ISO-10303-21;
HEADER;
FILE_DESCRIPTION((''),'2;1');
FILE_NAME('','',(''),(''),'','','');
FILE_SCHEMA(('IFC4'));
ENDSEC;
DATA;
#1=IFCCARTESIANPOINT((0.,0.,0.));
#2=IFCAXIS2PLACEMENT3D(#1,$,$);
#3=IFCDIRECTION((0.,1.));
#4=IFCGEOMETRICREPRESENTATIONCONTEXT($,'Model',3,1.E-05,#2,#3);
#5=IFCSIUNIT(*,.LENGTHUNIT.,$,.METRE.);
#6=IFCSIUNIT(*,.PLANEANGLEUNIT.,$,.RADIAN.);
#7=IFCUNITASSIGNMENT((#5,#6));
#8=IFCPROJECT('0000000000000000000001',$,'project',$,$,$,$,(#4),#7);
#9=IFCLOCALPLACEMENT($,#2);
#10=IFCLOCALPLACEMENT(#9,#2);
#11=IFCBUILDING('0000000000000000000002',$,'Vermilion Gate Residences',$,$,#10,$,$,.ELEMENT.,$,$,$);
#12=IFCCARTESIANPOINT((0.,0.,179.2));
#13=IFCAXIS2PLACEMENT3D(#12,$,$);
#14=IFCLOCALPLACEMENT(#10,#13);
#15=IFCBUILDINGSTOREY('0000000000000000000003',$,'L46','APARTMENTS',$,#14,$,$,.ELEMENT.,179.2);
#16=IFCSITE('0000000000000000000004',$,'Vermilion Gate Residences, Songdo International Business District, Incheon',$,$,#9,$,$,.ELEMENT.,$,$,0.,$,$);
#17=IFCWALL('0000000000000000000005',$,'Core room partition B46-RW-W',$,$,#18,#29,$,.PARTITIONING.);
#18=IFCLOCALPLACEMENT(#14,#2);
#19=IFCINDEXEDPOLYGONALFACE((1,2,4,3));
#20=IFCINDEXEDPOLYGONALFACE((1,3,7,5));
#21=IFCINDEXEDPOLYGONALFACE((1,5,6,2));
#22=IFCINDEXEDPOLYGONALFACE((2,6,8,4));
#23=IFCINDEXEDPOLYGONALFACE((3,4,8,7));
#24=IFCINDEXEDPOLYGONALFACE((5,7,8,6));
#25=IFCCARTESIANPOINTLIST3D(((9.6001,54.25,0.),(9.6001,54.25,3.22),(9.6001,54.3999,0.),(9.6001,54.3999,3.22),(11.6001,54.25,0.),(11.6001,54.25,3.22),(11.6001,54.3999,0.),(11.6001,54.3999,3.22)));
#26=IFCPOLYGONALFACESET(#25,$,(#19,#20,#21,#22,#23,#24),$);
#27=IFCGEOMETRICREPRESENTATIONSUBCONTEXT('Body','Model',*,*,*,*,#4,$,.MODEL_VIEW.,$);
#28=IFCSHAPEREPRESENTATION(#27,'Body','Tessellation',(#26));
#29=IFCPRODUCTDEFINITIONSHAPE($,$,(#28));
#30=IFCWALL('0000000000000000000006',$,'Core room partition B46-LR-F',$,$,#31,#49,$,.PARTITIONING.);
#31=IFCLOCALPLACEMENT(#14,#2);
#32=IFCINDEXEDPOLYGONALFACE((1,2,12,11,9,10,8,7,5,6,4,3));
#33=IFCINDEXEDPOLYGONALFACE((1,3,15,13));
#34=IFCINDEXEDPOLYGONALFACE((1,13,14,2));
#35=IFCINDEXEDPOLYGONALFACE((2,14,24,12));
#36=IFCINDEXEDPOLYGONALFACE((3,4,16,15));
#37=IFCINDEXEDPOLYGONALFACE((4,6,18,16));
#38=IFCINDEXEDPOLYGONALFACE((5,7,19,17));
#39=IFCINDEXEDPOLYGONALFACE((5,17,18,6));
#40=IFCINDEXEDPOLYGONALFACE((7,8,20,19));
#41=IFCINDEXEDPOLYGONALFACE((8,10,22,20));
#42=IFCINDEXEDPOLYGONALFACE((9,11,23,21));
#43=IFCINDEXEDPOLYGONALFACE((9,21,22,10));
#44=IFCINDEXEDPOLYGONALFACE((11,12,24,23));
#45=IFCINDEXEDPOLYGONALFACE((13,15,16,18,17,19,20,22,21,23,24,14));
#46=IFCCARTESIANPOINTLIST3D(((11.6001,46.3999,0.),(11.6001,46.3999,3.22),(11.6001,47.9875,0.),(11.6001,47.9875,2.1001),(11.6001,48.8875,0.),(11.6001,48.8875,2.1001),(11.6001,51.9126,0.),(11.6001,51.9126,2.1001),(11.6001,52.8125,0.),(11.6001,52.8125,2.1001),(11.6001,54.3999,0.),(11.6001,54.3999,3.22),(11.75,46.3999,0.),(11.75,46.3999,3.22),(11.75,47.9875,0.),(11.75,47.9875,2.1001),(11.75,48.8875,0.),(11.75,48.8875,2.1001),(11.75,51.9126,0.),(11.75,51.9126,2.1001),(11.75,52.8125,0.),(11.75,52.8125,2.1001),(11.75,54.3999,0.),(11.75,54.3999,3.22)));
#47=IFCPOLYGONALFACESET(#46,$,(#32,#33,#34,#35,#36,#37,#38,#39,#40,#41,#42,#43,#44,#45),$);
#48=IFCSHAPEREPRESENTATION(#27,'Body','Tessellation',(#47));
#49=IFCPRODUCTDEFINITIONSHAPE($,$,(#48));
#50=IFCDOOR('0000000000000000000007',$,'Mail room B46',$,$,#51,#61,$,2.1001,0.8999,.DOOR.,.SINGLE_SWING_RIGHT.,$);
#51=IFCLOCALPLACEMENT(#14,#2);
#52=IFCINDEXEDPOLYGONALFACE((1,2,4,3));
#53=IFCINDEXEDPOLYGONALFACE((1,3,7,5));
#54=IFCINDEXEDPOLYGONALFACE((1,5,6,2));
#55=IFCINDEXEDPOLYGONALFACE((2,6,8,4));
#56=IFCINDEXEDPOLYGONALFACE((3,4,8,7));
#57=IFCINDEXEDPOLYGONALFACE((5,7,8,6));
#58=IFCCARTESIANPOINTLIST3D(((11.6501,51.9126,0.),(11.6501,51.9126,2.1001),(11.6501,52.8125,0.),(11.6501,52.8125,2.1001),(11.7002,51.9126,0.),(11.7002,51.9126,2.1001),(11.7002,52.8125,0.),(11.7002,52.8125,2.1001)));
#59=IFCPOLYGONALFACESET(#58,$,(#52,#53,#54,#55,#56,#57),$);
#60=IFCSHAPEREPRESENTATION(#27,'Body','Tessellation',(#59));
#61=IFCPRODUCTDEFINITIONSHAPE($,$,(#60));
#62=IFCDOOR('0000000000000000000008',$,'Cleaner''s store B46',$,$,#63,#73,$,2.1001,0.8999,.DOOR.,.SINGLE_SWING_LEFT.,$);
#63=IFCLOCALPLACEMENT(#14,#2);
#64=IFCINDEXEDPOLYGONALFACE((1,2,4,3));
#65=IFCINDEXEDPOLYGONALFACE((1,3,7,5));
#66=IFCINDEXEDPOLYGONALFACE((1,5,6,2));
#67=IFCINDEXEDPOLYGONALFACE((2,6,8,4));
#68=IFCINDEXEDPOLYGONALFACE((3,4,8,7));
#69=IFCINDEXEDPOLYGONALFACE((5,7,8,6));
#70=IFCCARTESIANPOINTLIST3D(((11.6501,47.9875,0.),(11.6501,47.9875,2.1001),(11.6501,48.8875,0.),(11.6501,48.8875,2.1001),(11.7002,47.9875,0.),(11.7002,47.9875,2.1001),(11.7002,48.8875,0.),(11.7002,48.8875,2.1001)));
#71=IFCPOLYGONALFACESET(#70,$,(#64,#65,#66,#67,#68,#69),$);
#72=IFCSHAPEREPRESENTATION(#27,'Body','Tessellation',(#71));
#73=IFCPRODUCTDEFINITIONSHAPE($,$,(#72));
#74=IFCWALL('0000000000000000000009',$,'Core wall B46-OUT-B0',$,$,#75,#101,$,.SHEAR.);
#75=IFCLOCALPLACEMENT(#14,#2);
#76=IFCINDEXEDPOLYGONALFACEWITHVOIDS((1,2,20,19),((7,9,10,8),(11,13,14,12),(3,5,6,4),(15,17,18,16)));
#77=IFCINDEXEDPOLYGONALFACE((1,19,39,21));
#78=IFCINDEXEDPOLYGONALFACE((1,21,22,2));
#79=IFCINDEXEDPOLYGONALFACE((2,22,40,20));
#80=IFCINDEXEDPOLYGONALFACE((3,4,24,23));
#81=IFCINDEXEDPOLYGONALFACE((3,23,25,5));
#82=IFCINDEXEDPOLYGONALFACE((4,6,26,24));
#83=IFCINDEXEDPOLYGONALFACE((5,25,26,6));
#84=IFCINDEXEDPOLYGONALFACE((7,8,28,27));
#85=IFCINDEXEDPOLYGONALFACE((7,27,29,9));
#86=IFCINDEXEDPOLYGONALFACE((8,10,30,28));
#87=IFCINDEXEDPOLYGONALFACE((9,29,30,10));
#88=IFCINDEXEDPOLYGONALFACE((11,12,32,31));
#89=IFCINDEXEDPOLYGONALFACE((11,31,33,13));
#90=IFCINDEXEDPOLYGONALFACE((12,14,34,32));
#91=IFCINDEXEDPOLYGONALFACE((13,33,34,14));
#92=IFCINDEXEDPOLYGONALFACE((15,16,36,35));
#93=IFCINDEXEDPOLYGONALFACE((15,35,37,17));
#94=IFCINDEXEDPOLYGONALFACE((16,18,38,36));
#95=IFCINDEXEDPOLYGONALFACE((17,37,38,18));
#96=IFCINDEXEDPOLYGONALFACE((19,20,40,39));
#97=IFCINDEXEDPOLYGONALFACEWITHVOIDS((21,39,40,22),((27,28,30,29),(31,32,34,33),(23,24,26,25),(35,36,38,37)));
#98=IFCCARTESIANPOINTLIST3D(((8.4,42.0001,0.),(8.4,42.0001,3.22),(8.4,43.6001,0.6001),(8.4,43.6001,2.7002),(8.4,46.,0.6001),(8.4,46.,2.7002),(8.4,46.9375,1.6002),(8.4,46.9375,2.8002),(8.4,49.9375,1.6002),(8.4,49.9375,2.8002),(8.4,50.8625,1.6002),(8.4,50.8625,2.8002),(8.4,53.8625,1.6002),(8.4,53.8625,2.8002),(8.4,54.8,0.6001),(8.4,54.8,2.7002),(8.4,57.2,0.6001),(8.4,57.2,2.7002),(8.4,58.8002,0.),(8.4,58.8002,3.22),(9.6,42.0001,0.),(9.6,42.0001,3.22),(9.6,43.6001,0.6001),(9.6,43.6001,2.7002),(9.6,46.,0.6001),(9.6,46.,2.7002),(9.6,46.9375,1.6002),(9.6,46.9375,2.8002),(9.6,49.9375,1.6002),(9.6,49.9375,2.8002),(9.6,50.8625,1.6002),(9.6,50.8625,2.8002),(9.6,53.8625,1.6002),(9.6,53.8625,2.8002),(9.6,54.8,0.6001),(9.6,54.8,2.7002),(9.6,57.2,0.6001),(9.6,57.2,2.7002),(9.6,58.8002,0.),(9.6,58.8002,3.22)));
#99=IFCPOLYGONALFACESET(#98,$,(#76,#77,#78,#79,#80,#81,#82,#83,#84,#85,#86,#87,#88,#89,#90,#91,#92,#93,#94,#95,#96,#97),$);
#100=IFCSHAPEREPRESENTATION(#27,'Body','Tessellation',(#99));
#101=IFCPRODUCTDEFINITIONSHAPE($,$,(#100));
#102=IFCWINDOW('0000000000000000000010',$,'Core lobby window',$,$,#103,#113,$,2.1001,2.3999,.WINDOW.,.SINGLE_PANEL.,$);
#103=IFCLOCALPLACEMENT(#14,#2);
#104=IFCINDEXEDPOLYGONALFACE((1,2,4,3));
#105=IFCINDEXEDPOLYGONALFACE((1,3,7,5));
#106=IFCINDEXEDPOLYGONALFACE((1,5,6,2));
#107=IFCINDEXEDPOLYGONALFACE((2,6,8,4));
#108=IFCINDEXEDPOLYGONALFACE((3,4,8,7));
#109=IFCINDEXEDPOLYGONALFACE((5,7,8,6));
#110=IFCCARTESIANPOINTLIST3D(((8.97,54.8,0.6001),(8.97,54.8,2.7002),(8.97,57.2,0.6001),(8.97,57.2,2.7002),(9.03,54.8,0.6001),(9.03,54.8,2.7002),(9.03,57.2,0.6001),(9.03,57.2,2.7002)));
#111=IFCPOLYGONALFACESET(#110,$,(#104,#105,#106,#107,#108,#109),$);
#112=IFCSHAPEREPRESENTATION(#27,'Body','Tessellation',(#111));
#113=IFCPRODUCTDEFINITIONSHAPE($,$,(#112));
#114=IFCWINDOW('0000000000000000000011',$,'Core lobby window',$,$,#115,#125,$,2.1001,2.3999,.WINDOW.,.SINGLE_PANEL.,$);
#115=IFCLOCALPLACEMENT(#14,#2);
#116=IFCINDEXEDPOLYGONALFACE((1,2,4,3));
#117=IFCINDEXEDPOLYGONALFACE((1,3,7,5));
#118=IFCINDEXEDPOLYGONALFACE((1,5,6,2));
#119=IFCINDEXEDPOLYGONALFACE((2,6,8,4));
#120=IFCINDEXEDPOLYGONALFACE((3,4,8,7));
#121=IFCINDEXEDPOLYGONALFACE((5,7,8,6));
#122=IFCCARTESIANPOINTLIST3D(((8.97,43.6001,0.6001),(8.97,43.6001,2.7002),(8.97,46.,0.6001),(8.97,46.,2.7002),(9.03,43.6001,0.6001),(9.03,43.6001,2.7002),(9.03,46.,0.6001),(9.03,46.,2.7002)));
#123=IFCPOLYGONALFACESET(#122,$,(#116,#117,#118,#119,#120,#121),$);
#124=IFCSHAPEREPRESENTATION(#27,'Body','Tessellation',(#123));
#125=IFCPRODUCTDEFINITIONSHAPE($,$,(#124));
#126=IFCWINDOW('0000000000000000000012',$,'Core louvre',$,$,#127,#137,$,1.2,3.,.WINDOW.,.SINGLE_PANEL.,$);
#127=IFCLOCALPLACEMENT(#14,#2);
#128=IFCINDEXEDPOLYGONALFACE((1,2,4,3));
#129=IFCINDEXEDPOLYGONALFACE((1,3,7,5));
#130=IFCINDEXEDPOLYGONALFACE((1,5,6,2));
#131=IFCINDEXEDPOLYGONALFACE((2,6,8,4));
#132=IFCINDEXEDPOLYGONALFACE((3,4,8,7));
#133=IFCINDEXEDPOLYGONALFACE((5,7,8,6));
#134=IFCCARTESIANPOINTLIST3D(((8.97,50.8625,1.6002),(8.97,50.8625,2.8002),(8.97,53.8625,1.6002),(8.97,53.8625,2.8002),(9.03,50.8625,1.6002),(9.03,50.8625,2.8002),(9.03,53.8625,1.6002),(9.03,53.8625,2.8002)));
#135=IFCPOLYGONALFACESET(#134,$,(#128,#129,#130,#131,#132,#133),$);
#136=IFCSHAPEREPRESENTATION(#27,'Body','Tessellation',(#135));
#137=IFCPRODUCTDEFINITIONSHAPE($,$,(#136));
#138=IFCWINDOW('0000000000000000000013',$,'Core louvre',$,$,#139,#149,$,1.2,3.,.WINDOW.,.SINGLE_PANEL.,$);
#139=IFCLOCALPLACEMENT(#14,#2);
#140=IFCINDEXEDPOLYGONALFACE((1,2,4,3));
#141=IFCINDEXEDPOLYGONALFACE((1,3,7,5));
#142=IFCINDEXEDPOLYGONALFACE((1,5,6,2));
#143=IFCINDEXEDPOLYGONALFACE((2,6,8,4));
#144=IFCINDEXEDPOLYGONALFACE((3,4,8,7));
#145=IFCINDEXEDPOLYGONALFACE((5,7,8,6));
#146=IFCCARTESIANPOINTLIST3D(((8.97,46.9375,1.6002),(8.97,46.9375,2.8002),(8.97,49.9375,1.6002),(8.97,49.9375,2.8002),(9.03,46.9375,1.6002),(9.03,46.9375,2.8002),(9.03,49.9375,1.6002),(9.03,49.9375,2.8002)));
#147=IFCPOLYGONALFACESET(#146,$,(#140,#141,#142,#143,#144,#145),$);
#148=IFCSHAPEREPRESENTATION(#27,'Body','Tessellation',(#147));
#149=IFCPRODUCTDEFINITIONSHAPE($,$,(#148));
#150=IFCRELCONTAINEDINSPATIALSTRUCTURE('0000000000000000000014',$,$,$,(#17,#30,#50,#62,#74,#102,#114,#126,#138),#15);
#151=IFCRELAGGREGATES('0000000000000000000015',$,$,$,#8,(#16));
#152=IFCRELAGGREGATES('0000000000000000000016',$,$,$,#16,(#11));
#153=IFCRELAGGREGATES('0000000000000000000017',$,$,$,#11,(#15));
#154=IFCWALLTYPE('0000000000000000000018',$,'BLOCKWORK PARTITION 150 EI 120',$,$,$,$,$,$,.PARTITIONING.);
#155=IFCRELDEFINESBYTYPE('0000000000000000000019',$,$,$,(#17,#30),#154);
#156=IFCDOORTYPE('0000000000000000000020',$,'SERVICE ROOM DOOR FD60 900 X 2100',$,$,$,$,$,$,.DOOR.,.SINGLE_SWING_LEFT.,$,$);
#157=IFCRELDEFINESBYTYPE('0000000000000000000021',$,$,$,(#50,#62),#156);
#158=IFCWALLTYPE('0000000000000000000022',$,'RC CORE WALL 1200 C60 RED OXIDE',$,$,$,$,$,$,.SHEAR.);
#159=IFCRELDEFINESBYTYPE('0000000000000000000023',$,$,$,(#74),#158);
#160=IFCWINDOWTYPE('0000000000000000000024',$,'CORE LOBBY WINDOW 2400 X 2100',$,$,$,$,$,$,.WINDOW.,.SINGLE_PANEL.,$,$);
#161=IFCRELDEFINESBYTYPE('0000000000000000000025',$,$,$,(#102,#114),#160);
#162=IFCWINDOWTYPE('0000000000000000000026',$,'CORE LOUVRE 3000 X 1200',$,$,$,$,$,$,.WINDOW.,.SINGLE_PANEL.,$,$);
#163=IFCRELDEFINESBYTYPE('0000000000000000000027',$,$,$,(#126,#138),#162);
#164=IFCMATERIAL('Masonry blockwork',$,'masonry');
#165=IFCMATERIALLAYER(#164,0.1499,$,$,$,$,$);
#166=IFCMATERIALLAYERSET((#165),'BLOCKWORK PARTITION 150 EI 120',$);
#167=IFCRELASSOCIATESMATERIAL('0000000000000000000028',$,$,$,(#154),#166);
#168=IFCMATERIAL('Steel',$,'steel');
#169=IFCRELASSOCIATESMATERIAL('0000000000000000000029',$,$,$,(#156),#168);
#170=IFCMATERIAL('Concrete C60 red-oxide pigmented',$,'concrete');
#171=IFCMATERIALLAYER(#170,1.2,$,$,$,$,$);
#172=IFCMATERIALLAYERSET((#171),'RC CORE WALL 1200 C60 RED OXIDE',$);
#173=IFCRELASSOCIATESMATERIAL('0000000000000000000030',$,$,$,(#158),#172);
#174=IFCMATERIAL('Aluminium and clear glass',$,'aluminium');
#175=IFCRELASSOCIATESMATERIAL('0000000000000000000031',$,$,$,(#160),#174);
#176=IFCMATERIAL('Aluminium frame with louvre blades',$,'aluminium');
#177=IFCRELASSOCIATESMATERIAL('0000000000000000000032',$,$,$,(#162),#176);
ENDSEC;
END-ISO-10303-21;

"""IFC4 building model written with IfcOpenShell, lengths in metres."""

from ifc_helpers import new_model, si_unit, direction, frame, frame_2d, origin, place, context, subcontext, project, spatial, rectangle, extrude, material, layer, layer_set, type_object, element, fill, save


model = new_model("IFC4")

# Units and contexts
model_context = context("Model", 3, precision=1e-05, world=origin(), true_north=direction((0.0, 1.0)))
body_context = subcontext(model_context, "Body", "Model", "MODEL_VIEW")
ifc_project = project(units=[si_unit("LENGTHUNIT", "METRE"), si_unit("PLANEANGLEUNIT", "RADIAN")], contexts=[model_context])

# Site, building, storey
site_placement = place(None, origin())
site = spatial("IfcSite", under=ifc_project, at=site_placement, Name="Vermilion Gate Residences, Songdo International Business District, Incheon", CompositionType="ELEMENT", RefElevation=0.0)
building_placement = place(site_placement, origin())
building = spatial("IfcBuilding", under=site, at=building_placement, Name="Vermilion Gate Residences", CompositionType="ELEMENT")
storey_placement = place(building_placement, frame((0.0, 0.0, 179.2)))
storey = spatial("IfcBuildingStorey", under=building, at=storey_placement, Name="L46", Description="APARTMENTS", CompositionType="ELEMENT", Elevation=179.2)

# Wall
ifc_material_1 = material(Name="Masonry blockwork", Category="masonry")
ifc_layer_1 = layer(ifc_material_1, 0.1499)
ifc_layer_set_1 = layer_set([ifc_layer_1], Name="BLOCKWORK PARTITION 150 EI 120")
wall_type_1 = type_object("IfcWallType", Name="BLOCKWORK PARTITION 150 EI 120", PredefinedType="PARTITIONING", material=ifc_layer_set_1)
wall_1_placement = place(storey_placement, frame((9.6001, 54.325, 0.0), z_axis=(0.0, 0.0, 1.0), x_axis=(1.0, 0.0, 0.0)))
element("IfcWall", 1, at=wall_1_placement, inside=storey, type_object=wall_type_1, Name="Core room partition B46-RW-W", PredefinedType="PARTITIONING", context=body_context, shape_type="SweptSolid", body=[
    extrude(rectangle(XDim=2.0, YDim=0.1499, at=frame_2d((1.0, 0.0))), origin(), (0.0, 0.0, 1.0), 3.22),
])

# Wall, openings, doors
wall_2_placement = place(storey_placement, frame((11.675, 54.3999, 0.0), z_axis=(0.0, 0.0, 1.0), x_axis=(0.0, -1.0, 0.0)))
wall_2 = element("IfcWall", 2, at=wall_2_placement, inside=storey, type_object=wall_type_1, Name="Core room partition B46-LR-F", PredefinedType="PARTITIONING", context=body_context, shape_type="SweptSolid", body=[
    extrude(rectangle(XDim=8.0, YDim=0.1499, at=frame_2d((4.0, 0.0))), origin(), (0.0, 0.0, 1.0), 3.22),
])
opening_1_placement = place(wall_2_placement, frame((1.5874, 0.0, 0.0)))
opening_1 = element("IfcOpeningElement", 3, at=opening_1_placement, cuts=wall_2, PredefinedType="OPENING", context=body_context, shape_type="SweptSolid", body=[
    extrude(rectangle(XDim=0.8999, YDim=2.1001, at=frame_2d((0.45, 1.05))), frame((0.0, 0.085, 0.0), z_axis=(0.0, -1.0, 0.0), x_axis=(1.0, 0.0, 0.0)), (0.0, 0.0, 1.0), 0.1699),
])
opening_2_placement = place(wall_2_placement, frame((5.5125, 0.0, 0.0)))
opening_2 = element("IfcOpeningElement", 4, at=opening_2_placement, cuts=wall_2, PredefinedType="OPENING", context=body_context, shape_type="SweptSolid", body=[
    extrude(rectangle(XDim=0.8999, YDim=2.1001, at=frame_2d((0.45, 1.05))), frame((0.0, 0.085, 0.0), z_axis=(0.0, -1.0, 0.0), x_axis=(1.0, 0.0, 0.0)), (0.0, 0.0, 1.0), 0.1699),
])
ifc_material_2 = material(Name="Steel", Category="steel")
door_type = type_object("IfcDoorType", Name="SERVICE ROOM DOOR FD60 900 X 2100", OperationType="SINGLE_SWING_LEFT", PredefinedType="DOOR", material=ifc_material_2)
door_1_placement = place(opening_1_placement, frame((0.8999, 0.0, 0.0), z_axis=(0.0, 0.0, 1.0), x_axis=(-1.0, 0.0, 0.0)))
door_1 = element("IfcDoor", 5, at=door_1_placement, inside=storey, type_object=door_type, Name="Mail room B46", OperationType="SINGLE_SWING_RIGHT", OverallHeight=2.1001, OverallWidth=0.8999, PredefinedType="DOOR", context=body_context, shape_type="SweptSolid", body=[
    extrude(rectangle(XDim=0.8999, YDim=2.1001, at=frame_2d((0.45, 1.05))), frame((0.0, 0.0249, 0.0), z_axis=(0.0, -1.0, 0.0), x_axis=(1.0, 0.0, 0.0)), (0.0, 0.0, 1.0), 0.05),
])
fill(opening_1, door_1)
door_2_placement = place(opening_2_placement, frame((0.8999, 0.0, 0.0), z_axis=(0.0, 0.0, 1.0), x_axis=(-1.0, 0.0, 0.0)))
door_2 = element("IfcDoor", 6, at=door_2_placement, inside=storey, type_object=door_type, Name="Cleaner's store B46", OperationType="SINGLE_SWING_LEFT", OverallHeight=2.1001, OverallWidth=0.8999, PredefinedType="DOOR", context=body_context, shape_type="SweptSolid", body=[
    extrude(rectangle(XDim=0.8999, YDim=2.1001, at=frame_2d((0.45, 1.05))), frame((0.0, 0.0249, 0.0), z_axis=(0.0, -1.0, 0.0), x_axis=(1.0, 0.0, 0.0)), (0.0, 0.0, 1.0), 0.05),
])
fill(opening_2, door_2)

# Wall, openings, windows
ifc_material_3 = material(Name="Concrete C60 red-oxide pigmented", Category="concrete")
ifc_layer_2 = layer(ifc_material_3, 1.2)
ifc_layer_set_2 = layer_set([ifc_layer_2], Name="RC CORE WALL 1200 C60 RED OXIDE")
wall_type_2 = type_object("IfcWallType", Name="RC CORE WALL 1200 C60 RED OXIDE", PredefinedType="SHEAR", material=ifc_layer_set_2)
wall_3_placement = place(storey_placement, frame((9.0, 58.8, 0.0), z_axis=(0.0, 0.0, 1.0), x_axis=(0.0, -1.0, 0.0)))
wall_3 = element("IfcWall", 7, at=wall_3_placement, inside=storey, type_object=wall_type_2, Name="Core wall B46-OUT-B0", PredefinedType="SHEAR", context=body_context, shape_type="SweptSolid", body=[
    extrude(rectangle(XDim=16.8, YDim=1.2, at=frame_2d((8.3999, 0.0))), origin(), (0.0, 0.0, 1.0), 3.22),
])
opening_3_placement = place(wall_3_placement, frame((1.6001, 0.0, 0.6001)))
opening_3 = element("IfcOpeningElement", 8, at=opening_3_placement, cuts=wall_3, PredefinedType="OPENING", context=body_context, shape_type="SweptSolid", body=[
    extrude(rectangle(XDim=2.3999, YDim=2.1001, at=frame_2d((1.2, 1.05))), frame((0.0, 0.6099, 0.0), z_axis=(0.0, -1.0, 0.0), x_axis=(1.0, 0.0, 0.0)), (0.0, 0.0, 1.0), 1.22),
])
opening_4_placement = place(wall_3_placement, frame((4.9375, 0.0, 1.6001)))
opening_4 = element("IfcOpeningElement", 9, at=opening_4_placement, cuts=wall_3, PredefinedType="OPENING", context=body_context, shape_type="SweptSolid", body=[
    extrude(rectangle(XDim=3.0, YDim=1.2, at=frame_2d((1.5, 0.6001))), frame((0.0, 0.6099, 0.0), z_axis=(0.0, -1.0, 0.0), x_axis=(1.0, 0.0, 0.0)), (0.0, 0.0, 1.0), 1.22),
])
opening_5_placement = place(wall_3_placement, frame((8.8625, 0.0, 1.6001)))
opening_5 = element("IfcOpeningElement", 10, at=opening_5_placement, cuts=wall_3, PredefinedType="OPENING", context=body_context, shape_type="SweptSolid", body=[
    extrude(rectangle(XDim=3.0, YDim=1.2, at=frame_2d((1.5, 0.6001))), frame((0.0, 0.6099, 0.0), z_axis=(0.0, -1.0, 0.0), x_axis=(1.0, 0.0, 0.0)), (0.0, 0.0, 1.0), 1.22),
])
opening_6_placement = place(wall_3_placement, frame((12.8, 0.0, 0.6001)))
opening_6 = element("IfcOpeningElement", 11, at=opening_6_placement, cuts=wall_3, PredefinedType="OPENING", context=body_context, shape_type="SweptSolid", body=[
    extrude(rectangle(XDim=2.3999, YDim=2.1001, at=frame_2d((1.2, 1.05))), frame((0.0, 0.6099, 0.0), z_axis=(0.0, -1.0, 0.0), x_axis=(1.0, 0.0, 0.0)), (0.0, 0.0, 1.0), 1.22),
])
ifc_material_4 = material(Name="Aluminium and clear glass", Category="aluminium")
window_type_1 = type_object("IfcWindowType", Name="CORE LOBBY WINDOW 2400 X 2100", PartitioningType="SINGLE_PANEL", PredefinedType="WINDOW", material=ifc_material_4)
window_1_placement = place(opening_3_placement, origin())
window_1 = element("IfcWindow", 12, at=window_1_placement, inside=storey, type_object=window_type_1, Name="Core lobby window", OverallHeight=2.1001, OverallWidth=2.3999, PartitioningType="SINGLE_PANEL", PredefinedType="WINDOW", context=body_context, shape_type="SweptSolid", body=[
    extrude(rectangle(XDim=2.3999, YDim=2.1001, at=frame_2d((1.2, 1.05))), frame((0.0, 0.03, 0.0), z_axis=(0.0, -1.0, 0.0), x_axis=(1.0, 0.0, 0.0)), (0.0, 0.0, 1.0), 0.0601),
])
fill(opening_3, window_1)
window_2_placement = place(opening_6_placement, origin())
window_2 = element("IfcWindow", 13, at=window_2_placement, inside=storey, type_object=window_type_1, Name="Core lobby window", OverallHeight=2.1001, OverallWidth=2.3999, PartitioningType="SINGLE_PANEL", PredefinedType="WINDOW", context=body_context, shape_type="SweptSolid", body=[
    extrude(rectangle(XDim=2.3999, YDim=2.1001, at=frame_2d((1.2, 1.05))), frame((0.0, 0.03, 0.0), z_axis=(0.0, -1.0, 0.0), x_axis=(1.0, 0.0, 0.0)), (0.0, 0.0, 1.0), 0.0601),
])
fill(opening_6, window_2)
ifc_material_5 = material(Name="Aluminium frame with louvre blades", Category="aluminium")
window_type_2 = type_object("IfcWindowType", Name="CORE LOUVRE 3000 X 1200", PartitioningType="SINGLE_PANEL", PredefinedType="WINDOW", material=ifc_material_5)
window_3_placement = place(opening_4_placement, origin())
window_3 = element("IfcWindow", 14, at=window_3_placement, inside=storey, type_object=window_type_2, Name="Core louvre", OverallHeight=1.2, OverallWidth=3.0, PartitioningType="SINGLE_PANEL", PredefinedType="WINDOW", context=body_context, shape_type="SweptSolid", body=[
    extrude(rectangle(XDim=3.0, YDim=1.2, at=frame_2d((1.5, 0.6001))), frame((0.0, 0.03, 0.0), z_axis=(0.0, -1.0, 0.0), x_axis=(1.0, 0.0, 0.0)), (0.0, 0.0, 1.0), 0.0601),
])
fill(opening_4, window_3)
window_4_placement = place(opening_5_placement, origin())
window_4 = element("IfcWindow", 15, at=window_4_placement, inside=storey, type_object=window_type_2, Name="Core louvre", OverallHeight=1.2, OverallWidth=3.0, PartitioningType="SINGLE_PANEL", PredefinedType="WINDOW", context=body_context, shape_type="SweptSolid", body=[
    extrude(rectangle(XDim=3.0, YDim=1.2, at=frame_2d((1.5, 0.6001))), frame((0.0, 0.03, 0.0), z_axis=(0.0, -1.0, 0.0), x_axis=(1.0, 0.0, 0.0)), (0.0, 0.0, 1.0), 0.0601),
])
fill(opening_5, window_4)

save(model, "model.ifc")
